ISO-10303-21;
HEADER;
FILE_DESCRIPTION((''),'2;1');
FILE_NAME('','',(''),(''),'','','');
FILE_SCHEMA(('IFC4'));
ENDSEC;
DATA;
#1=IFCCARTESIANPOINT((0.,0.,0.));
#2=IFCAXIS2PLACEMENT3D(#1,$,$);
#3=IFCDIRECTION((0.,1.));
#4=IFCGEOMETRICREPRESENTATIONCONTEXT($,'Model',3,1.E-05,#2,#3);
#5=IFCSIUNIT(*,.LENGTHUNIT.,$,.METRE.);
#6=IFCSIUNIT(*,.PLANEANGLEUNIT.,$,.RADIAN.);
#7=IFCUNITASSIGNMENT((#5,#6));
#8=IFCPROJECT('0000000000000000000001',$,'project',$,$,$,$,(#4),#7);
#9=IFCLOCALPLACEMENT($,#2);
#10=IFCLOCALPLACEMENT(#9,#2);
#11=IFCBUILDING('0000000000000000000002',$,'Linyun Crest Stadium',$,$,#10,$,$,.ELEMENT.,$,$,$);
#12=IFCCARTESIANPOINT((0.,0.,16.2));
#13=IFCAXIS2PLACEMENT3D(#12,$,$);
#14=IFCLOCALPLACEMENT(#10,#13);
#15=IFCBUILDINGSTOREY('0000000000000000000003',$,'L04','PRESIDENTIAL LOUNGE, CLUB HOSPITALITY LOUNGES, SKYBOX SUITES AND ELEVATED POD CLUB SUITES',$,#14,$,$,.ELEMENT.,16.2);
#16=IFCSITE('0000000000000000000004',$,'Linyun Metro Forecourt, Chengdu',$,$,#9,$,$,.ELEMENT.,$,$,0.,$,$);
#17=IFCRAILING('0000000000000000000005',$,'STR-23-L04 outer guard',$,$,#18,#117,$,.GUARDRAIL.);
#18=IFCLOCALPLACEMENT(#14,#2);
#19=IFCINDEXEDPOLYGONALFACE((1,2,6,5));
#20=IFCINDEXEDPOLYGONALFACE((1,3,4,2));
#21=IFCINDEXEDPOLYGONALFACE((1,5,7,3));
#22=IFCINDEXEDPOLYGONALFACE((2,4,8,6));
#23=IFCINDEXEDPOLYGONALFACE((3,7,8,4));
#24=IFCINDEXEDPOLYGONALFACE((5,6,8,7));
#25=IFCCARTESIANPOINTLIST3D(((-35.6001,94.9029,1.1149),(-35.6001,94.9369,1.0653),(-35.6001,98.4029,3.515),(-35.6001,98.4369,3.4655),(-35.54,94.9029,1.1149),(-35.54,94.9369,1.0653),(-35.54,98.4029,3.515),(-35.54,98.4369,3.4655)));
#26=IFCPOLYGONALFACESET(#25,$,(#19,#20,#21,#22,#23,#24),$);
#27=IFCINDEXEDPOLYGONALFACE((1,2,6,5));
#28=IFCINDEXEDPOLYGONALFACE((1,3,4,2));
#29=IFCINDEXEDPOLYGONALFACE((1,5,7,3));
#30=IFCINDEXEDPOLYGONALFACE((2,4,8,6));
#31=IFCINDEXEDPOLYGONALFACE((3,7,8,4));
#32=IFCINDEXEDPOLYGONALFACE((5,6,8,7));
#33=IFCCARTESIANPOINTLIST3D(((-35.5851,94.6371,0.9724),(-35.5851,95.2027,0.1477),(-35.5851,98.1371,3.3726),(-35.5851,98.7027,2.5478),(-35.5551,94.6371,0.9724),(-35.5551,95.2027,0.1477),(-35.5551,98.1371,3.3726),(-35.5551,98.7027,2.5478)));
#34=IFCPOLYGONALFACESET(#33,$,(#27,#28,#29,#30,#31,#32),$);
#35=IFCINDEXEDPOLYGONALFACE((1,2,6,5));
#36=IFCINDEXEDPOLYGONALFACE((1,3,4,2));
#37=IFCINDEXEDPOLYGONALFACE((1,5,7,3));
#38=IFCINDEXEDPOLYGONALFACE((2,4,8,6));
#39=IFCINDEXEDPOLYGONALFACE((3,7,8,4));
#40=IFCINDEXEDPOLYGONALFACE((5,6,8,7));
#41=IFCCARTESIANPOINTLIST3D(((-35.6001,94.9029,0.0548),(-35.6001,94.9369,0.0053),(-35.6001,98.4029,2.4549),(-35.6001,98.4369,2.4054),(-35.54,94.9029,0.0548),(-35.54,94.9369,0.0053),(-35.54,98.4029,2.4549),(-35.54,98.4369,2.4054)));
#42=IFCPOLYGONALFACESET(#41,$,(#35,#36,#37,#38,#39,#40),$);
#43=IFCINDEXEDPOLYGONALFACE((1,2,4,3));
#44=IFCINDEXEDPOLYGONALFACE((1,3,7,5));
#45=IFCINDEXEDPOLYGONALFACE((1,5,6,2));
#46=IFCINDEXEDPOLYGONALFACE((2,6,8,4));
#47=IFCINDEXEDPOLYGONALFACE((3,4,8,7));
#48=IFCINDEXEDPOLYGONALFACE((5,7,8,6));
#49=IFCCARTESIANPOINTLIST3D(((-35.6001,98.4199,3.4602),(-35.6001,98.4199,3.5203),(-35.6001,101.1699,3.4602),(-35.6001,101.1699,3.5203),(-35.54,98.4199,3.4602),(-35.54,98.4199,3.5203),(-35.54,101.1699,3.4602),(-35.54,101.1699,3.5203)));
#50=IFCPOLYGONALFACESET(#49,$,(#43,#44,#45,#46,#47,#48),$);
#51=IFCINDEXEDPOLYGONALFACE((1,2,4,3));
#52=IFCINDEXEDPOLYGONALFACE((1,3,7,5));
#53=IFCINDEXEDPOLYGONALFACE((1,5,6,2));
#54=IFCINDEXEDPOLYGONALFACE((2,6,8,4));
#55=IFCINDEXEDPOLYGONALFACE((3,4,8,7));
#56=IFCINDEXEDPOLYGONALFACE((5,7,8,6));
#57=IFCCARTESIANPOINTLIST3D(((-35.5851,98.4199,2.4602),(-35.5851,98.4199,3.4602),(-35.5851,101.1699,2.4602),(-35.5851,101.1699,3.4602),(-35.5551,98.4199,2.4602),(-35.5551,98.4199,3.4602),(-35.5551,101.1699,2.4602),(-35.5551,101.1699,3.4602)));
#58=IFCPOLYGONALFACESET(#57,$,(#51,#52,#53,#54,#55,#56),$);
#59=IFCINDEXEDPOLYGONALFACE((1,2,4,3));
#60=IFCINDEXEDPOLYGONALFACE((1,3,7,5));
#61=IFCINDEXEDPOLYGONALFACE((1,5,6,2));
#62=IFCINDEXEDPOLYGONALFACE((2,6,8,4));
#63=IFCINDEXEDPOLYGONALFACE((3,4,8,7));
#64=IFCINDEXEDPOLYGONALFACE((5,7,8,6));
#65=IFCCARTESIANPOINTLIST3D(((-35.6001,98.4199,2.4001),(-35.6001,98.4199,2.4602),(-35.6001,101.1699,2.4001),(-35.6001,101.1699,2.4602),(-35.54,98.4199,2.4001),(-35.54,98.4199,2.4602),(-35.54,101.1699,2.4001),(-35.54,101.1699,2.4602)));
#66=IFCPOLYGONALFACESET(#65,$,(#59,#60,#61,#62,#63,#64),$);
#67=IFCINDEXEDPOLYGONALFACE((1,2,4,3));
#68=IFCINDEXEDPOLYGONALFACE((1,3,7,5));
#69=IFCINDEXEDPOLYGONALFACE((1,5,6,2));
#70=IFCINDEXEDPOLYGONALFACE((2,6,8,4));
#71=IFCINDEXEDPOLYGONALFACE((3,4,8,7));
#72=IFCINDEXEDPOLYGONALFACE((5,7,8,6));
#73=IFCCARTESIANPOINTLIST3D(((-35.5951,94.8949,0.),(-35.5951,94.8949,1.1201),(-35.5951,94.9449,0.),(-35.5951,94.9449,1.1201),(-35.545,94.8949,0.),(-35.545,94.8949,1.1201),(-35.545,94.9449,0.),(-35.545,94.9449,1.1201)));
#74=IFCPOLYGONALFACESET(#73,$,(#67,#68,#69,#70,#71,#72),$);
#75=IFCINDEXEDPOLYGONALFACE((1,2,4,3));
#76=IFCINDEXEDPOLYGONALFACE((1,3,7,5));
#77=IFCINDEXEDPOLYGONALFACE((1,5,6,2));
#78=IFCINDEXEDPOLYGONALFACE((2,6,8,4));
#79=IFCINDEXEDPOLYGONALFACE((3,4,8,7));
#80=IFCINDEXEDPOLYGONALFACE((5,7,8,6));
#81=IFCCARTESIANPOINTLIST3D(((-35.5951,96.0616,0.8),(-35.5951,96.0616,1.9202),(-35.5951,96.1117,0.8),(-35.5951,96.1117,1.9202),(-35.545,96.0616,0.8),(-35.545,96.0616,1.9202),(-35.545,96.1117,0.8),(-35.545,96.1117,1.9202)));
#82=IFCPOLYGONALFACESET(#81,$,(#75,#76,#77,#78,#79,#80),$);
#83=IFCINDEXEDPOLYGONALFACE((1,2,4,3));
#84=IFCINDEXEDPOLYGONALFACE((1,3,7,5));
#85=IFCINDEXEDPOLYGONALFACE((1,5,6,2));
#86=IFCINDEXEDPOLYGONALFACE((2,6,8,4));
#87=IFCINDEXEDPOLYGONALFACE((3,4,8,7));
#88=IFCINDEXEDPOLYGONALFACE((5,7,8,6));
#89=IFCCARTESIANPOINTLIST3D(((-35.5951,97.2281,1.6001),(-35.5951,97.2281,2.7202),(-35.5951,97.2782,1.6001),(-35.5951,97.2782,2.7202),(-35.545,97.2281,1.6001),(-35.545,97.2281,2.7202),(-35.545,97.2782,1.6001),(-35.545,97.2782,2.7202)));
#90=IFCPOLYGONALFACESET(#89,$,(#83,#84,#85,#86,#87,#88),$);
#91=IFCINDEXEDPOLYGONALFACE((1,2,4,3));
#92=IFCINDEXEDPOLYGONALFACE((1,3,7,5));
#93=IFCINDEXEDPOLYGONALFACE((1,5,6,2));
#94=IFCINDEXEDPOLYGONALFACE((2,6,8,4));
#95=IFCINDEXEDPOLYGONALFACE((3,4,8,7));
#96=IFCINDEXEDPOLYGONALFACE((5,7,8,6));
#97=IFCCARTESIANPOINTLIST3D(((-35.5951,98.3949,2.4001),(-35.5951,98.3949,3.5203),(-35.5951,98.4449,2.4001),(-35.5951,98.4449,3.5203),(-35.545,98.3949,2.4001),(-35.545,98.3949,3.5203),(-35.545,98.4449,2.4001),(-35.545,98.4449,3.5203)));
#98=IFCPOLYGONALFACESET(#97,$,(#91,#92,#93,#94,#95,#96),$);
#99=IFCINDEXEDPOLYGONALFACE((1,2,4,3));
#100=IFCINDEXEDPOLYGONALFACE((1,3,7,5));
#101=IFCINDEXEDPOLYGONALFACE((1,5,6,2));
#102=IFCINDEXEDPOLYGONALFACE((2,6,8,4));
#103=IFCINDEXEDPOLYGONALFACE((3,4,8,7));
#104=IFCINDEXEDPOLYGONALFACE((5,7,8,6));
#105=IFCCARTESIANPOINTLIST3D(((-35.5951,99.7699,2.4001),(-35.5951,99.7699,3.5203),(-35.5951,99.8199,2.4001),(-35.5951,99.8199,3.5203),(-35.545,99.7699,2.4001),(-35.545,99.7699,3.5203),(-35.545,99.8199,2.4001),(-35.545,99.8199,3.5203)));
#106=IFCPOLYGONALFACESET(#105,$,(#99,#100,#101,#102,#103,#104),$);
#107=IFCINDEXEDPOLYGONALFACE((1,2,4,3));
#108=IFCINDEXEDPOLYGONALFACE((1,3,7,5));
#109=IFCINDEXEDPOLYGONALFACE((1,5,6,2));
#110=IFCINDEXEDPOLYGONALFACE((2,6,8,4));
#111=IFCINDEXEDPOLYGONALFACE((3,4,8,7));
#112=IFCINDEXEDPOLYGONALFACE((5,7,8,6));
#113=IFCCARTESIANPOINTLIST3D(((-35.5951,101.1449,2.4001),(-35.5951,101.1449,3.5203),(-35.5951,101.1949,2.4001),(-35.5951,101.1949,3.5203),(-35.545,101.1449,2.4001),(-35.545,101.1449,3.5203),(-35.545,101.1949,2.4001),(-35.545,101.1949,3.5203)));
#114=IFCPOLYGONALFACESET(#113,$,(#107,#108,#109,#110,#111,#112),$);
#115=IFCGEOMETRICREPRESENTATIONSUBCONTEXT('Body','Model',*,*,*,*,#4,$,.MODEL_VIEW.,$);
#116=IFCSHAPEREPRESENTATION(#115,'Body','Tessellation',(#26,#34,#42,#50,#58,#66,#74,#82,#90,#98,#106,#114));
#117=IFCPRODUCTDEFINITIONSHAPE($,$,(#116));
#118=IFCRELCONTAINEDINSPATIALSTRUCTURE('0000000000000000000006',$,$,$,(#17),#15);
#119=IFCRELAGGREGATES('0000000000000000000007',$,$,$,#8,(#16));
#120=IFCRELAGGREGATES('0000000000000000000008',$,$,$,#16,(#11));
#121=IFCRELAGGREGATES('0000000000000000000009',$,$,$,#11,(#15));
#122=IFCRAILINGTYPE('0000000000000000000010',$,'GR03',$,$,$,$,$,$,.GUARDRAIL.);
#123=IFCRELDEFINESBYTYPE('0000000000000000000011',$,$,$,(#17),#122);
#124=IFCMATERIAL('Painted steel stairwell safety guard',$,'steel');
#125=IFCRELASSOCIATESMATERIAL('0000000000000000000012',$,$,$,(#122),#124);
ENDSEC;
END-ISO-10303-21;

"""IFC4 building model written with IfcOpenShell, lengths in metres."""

from ifc_helpers import new_model, si_unit, direction, frame, origin, origin_2d, place, context, subcontext, project, spatial, rectangle, extrude, material, type_object, element, save


model = new_model("IFC4")

# Units and contexts
model_context = context("Model", 3, precision=1e-05, world=origin(), true_north=direction((0.0, 1.0)))
body_context = subcontext(model_context, "Body", "Model", "MODEL_VIEW")
ifc_project = project(units=[si_unit("LENGTHUNIT", "METRE"), si_unit("PLANEANGLEUNIT", "RADIAN")], contexts=[model_context])

# Site, building, storey
site_placement = place(None, origin())
site = spatial("IfcSite", under=ifc_project, at=site_placement, Name="Linyun Metro Forecourt, Chengdu", CompositionType="ELEMENT", RefElevation=0.0)
building_placement = place(site_placement, origin())
building = spatial("IfcBuilding", under=site, at=building_placement, Name="Linyun Crest Stadium", CompositionType="ELEMENT")
storey_placement = place(building_placement, frame((0.0, 0.0, 16.2)))
storey = spatial("IfcBuildingStorey", under=building, at=storey_placement, Name="L04", Description="PRESIDENTIAL LOUNGE, CLUB HOSPITALITY LOUNGES, SKYBOX SUITES AND ELEVATED POD CLUB SUITES", CompositionType="ELEMENT", Elevation=16.2)

# Railing
ifc_material_1 = material(Name="Painted steel stairwell safety guard", Category="steel")
railing_type_1 = type_object("IfcRailingType", Name="GR03", PredefinedType="GUARDRAIL", material=ifc_material_1)
railing_1_placement = place(storey_placement, frame((-35.5701, 94.9199, 0.0)))
element("IfcRailing", 1, at=railing_1_placement, inside=storey, type_object=railing_type_1, Name="STR-23-L04 outer guard", PredefinedType="GUARDRAIL", context=body_context, shape_type="SweptSolid", body=[
    extrude(rectangle(XDim=0.0601, YDim=0.0601, at=origin_2d()), frame((0.0, 0.0, 1.0901), z_axis=(0.0, 0.824713, 0.565552), x_axis=(-1.0, 0.0, 0.0)), (0.0, 0.0, 1.0), 4.2439),
    extrude(rectangle(XDim=0.03, YDim=1.0, at=origin_2d()), frame((0.0, 0.0, 0.5601), z_axis=(0.0, 0.824713, 0.565552), x_axis=(-1.0, 0.0, 0.0)), (0.0, 0.0, 1.0), 4.2439),
    extrude(rectangle(XDim=0.0601, YDim=0.0601, at=origin_2d()), frame((0.0, 0.0, 0.03), z_axis=(0.0, 0.824713, 0.565552), x_axis=(-1.0, 0.0, 0.0)), (0.0, 0.0, 1.0), 4.2439),
    extrude(rectangle(XDim=0.0601, YDim=0.0601, at=origin_2d()), frame((0.0, 3.5, 3.4902), z_axis=(0.0, 1.0, 0.0), x_axis=(-1.0, 0.0, 0.0)), (0.0, 0.0, 1.0), 2.75),
    extrude(rectangle(XDim=0.03, YDim=1.0, at=origin_2d()), frame((0.0, 3.5, 2.9602), z_axis=(0.0, 1.0, 0.0), x_axis=(-1.0, 0.0, 0.0)), (0.0, 0.0, 1.0), 2.75),
    extrude(rectangle(XDim=0.0601, YDim=0.0601, at=origin_2d()), frame((0.0, 3.5, 2.4302), z_axis=(0.0, 1.0, 0.0), x_axis=(-1.0, 0.0, 0.0)), (0.0, 0.0, 1.0), 2.75),
    extrude(rectangle(XDim=0.05, YDim=0.05, at=origin_2d()), origin(), (0.0, 0.0, 1.0), 1.1201),
    extrude(rectangle(XDim=0.05, YDim=0.05, at=origin_2d()), frame((0.0, 1.1667, 0.8)), (0.0, 0.0, 1.0), 1.1201),
    extrude(rectangle(XDim=0.05, YDim=0.05, at=origin_2d()), frame((0.0, 2.3333, 1.6001)), (0.0, 0.0, 1.0), 1.1201),
    extrude(rectangle(XDim=0.05, YDim=0.05, at=origin_2d()), frame((0.0, 3.5, 2.4001)), (0.0, 0.0, 1.0), 1.1201),
    extrude(rectangle(XDim=0.05, YDim=0.05, at=origin_2d()), frame((0.0, 4.875, 2.4001)), (0.0, 0.0, 1.0), 1.1201),
    extrude(rectangle(XDim=0.05, YDim=0.05, at=origin_2d()), frame((0.0, 6.25, 2.4001)), (0.0, 0.0, 1.0), 1.1201),
])

save(model, "model.ifc")
